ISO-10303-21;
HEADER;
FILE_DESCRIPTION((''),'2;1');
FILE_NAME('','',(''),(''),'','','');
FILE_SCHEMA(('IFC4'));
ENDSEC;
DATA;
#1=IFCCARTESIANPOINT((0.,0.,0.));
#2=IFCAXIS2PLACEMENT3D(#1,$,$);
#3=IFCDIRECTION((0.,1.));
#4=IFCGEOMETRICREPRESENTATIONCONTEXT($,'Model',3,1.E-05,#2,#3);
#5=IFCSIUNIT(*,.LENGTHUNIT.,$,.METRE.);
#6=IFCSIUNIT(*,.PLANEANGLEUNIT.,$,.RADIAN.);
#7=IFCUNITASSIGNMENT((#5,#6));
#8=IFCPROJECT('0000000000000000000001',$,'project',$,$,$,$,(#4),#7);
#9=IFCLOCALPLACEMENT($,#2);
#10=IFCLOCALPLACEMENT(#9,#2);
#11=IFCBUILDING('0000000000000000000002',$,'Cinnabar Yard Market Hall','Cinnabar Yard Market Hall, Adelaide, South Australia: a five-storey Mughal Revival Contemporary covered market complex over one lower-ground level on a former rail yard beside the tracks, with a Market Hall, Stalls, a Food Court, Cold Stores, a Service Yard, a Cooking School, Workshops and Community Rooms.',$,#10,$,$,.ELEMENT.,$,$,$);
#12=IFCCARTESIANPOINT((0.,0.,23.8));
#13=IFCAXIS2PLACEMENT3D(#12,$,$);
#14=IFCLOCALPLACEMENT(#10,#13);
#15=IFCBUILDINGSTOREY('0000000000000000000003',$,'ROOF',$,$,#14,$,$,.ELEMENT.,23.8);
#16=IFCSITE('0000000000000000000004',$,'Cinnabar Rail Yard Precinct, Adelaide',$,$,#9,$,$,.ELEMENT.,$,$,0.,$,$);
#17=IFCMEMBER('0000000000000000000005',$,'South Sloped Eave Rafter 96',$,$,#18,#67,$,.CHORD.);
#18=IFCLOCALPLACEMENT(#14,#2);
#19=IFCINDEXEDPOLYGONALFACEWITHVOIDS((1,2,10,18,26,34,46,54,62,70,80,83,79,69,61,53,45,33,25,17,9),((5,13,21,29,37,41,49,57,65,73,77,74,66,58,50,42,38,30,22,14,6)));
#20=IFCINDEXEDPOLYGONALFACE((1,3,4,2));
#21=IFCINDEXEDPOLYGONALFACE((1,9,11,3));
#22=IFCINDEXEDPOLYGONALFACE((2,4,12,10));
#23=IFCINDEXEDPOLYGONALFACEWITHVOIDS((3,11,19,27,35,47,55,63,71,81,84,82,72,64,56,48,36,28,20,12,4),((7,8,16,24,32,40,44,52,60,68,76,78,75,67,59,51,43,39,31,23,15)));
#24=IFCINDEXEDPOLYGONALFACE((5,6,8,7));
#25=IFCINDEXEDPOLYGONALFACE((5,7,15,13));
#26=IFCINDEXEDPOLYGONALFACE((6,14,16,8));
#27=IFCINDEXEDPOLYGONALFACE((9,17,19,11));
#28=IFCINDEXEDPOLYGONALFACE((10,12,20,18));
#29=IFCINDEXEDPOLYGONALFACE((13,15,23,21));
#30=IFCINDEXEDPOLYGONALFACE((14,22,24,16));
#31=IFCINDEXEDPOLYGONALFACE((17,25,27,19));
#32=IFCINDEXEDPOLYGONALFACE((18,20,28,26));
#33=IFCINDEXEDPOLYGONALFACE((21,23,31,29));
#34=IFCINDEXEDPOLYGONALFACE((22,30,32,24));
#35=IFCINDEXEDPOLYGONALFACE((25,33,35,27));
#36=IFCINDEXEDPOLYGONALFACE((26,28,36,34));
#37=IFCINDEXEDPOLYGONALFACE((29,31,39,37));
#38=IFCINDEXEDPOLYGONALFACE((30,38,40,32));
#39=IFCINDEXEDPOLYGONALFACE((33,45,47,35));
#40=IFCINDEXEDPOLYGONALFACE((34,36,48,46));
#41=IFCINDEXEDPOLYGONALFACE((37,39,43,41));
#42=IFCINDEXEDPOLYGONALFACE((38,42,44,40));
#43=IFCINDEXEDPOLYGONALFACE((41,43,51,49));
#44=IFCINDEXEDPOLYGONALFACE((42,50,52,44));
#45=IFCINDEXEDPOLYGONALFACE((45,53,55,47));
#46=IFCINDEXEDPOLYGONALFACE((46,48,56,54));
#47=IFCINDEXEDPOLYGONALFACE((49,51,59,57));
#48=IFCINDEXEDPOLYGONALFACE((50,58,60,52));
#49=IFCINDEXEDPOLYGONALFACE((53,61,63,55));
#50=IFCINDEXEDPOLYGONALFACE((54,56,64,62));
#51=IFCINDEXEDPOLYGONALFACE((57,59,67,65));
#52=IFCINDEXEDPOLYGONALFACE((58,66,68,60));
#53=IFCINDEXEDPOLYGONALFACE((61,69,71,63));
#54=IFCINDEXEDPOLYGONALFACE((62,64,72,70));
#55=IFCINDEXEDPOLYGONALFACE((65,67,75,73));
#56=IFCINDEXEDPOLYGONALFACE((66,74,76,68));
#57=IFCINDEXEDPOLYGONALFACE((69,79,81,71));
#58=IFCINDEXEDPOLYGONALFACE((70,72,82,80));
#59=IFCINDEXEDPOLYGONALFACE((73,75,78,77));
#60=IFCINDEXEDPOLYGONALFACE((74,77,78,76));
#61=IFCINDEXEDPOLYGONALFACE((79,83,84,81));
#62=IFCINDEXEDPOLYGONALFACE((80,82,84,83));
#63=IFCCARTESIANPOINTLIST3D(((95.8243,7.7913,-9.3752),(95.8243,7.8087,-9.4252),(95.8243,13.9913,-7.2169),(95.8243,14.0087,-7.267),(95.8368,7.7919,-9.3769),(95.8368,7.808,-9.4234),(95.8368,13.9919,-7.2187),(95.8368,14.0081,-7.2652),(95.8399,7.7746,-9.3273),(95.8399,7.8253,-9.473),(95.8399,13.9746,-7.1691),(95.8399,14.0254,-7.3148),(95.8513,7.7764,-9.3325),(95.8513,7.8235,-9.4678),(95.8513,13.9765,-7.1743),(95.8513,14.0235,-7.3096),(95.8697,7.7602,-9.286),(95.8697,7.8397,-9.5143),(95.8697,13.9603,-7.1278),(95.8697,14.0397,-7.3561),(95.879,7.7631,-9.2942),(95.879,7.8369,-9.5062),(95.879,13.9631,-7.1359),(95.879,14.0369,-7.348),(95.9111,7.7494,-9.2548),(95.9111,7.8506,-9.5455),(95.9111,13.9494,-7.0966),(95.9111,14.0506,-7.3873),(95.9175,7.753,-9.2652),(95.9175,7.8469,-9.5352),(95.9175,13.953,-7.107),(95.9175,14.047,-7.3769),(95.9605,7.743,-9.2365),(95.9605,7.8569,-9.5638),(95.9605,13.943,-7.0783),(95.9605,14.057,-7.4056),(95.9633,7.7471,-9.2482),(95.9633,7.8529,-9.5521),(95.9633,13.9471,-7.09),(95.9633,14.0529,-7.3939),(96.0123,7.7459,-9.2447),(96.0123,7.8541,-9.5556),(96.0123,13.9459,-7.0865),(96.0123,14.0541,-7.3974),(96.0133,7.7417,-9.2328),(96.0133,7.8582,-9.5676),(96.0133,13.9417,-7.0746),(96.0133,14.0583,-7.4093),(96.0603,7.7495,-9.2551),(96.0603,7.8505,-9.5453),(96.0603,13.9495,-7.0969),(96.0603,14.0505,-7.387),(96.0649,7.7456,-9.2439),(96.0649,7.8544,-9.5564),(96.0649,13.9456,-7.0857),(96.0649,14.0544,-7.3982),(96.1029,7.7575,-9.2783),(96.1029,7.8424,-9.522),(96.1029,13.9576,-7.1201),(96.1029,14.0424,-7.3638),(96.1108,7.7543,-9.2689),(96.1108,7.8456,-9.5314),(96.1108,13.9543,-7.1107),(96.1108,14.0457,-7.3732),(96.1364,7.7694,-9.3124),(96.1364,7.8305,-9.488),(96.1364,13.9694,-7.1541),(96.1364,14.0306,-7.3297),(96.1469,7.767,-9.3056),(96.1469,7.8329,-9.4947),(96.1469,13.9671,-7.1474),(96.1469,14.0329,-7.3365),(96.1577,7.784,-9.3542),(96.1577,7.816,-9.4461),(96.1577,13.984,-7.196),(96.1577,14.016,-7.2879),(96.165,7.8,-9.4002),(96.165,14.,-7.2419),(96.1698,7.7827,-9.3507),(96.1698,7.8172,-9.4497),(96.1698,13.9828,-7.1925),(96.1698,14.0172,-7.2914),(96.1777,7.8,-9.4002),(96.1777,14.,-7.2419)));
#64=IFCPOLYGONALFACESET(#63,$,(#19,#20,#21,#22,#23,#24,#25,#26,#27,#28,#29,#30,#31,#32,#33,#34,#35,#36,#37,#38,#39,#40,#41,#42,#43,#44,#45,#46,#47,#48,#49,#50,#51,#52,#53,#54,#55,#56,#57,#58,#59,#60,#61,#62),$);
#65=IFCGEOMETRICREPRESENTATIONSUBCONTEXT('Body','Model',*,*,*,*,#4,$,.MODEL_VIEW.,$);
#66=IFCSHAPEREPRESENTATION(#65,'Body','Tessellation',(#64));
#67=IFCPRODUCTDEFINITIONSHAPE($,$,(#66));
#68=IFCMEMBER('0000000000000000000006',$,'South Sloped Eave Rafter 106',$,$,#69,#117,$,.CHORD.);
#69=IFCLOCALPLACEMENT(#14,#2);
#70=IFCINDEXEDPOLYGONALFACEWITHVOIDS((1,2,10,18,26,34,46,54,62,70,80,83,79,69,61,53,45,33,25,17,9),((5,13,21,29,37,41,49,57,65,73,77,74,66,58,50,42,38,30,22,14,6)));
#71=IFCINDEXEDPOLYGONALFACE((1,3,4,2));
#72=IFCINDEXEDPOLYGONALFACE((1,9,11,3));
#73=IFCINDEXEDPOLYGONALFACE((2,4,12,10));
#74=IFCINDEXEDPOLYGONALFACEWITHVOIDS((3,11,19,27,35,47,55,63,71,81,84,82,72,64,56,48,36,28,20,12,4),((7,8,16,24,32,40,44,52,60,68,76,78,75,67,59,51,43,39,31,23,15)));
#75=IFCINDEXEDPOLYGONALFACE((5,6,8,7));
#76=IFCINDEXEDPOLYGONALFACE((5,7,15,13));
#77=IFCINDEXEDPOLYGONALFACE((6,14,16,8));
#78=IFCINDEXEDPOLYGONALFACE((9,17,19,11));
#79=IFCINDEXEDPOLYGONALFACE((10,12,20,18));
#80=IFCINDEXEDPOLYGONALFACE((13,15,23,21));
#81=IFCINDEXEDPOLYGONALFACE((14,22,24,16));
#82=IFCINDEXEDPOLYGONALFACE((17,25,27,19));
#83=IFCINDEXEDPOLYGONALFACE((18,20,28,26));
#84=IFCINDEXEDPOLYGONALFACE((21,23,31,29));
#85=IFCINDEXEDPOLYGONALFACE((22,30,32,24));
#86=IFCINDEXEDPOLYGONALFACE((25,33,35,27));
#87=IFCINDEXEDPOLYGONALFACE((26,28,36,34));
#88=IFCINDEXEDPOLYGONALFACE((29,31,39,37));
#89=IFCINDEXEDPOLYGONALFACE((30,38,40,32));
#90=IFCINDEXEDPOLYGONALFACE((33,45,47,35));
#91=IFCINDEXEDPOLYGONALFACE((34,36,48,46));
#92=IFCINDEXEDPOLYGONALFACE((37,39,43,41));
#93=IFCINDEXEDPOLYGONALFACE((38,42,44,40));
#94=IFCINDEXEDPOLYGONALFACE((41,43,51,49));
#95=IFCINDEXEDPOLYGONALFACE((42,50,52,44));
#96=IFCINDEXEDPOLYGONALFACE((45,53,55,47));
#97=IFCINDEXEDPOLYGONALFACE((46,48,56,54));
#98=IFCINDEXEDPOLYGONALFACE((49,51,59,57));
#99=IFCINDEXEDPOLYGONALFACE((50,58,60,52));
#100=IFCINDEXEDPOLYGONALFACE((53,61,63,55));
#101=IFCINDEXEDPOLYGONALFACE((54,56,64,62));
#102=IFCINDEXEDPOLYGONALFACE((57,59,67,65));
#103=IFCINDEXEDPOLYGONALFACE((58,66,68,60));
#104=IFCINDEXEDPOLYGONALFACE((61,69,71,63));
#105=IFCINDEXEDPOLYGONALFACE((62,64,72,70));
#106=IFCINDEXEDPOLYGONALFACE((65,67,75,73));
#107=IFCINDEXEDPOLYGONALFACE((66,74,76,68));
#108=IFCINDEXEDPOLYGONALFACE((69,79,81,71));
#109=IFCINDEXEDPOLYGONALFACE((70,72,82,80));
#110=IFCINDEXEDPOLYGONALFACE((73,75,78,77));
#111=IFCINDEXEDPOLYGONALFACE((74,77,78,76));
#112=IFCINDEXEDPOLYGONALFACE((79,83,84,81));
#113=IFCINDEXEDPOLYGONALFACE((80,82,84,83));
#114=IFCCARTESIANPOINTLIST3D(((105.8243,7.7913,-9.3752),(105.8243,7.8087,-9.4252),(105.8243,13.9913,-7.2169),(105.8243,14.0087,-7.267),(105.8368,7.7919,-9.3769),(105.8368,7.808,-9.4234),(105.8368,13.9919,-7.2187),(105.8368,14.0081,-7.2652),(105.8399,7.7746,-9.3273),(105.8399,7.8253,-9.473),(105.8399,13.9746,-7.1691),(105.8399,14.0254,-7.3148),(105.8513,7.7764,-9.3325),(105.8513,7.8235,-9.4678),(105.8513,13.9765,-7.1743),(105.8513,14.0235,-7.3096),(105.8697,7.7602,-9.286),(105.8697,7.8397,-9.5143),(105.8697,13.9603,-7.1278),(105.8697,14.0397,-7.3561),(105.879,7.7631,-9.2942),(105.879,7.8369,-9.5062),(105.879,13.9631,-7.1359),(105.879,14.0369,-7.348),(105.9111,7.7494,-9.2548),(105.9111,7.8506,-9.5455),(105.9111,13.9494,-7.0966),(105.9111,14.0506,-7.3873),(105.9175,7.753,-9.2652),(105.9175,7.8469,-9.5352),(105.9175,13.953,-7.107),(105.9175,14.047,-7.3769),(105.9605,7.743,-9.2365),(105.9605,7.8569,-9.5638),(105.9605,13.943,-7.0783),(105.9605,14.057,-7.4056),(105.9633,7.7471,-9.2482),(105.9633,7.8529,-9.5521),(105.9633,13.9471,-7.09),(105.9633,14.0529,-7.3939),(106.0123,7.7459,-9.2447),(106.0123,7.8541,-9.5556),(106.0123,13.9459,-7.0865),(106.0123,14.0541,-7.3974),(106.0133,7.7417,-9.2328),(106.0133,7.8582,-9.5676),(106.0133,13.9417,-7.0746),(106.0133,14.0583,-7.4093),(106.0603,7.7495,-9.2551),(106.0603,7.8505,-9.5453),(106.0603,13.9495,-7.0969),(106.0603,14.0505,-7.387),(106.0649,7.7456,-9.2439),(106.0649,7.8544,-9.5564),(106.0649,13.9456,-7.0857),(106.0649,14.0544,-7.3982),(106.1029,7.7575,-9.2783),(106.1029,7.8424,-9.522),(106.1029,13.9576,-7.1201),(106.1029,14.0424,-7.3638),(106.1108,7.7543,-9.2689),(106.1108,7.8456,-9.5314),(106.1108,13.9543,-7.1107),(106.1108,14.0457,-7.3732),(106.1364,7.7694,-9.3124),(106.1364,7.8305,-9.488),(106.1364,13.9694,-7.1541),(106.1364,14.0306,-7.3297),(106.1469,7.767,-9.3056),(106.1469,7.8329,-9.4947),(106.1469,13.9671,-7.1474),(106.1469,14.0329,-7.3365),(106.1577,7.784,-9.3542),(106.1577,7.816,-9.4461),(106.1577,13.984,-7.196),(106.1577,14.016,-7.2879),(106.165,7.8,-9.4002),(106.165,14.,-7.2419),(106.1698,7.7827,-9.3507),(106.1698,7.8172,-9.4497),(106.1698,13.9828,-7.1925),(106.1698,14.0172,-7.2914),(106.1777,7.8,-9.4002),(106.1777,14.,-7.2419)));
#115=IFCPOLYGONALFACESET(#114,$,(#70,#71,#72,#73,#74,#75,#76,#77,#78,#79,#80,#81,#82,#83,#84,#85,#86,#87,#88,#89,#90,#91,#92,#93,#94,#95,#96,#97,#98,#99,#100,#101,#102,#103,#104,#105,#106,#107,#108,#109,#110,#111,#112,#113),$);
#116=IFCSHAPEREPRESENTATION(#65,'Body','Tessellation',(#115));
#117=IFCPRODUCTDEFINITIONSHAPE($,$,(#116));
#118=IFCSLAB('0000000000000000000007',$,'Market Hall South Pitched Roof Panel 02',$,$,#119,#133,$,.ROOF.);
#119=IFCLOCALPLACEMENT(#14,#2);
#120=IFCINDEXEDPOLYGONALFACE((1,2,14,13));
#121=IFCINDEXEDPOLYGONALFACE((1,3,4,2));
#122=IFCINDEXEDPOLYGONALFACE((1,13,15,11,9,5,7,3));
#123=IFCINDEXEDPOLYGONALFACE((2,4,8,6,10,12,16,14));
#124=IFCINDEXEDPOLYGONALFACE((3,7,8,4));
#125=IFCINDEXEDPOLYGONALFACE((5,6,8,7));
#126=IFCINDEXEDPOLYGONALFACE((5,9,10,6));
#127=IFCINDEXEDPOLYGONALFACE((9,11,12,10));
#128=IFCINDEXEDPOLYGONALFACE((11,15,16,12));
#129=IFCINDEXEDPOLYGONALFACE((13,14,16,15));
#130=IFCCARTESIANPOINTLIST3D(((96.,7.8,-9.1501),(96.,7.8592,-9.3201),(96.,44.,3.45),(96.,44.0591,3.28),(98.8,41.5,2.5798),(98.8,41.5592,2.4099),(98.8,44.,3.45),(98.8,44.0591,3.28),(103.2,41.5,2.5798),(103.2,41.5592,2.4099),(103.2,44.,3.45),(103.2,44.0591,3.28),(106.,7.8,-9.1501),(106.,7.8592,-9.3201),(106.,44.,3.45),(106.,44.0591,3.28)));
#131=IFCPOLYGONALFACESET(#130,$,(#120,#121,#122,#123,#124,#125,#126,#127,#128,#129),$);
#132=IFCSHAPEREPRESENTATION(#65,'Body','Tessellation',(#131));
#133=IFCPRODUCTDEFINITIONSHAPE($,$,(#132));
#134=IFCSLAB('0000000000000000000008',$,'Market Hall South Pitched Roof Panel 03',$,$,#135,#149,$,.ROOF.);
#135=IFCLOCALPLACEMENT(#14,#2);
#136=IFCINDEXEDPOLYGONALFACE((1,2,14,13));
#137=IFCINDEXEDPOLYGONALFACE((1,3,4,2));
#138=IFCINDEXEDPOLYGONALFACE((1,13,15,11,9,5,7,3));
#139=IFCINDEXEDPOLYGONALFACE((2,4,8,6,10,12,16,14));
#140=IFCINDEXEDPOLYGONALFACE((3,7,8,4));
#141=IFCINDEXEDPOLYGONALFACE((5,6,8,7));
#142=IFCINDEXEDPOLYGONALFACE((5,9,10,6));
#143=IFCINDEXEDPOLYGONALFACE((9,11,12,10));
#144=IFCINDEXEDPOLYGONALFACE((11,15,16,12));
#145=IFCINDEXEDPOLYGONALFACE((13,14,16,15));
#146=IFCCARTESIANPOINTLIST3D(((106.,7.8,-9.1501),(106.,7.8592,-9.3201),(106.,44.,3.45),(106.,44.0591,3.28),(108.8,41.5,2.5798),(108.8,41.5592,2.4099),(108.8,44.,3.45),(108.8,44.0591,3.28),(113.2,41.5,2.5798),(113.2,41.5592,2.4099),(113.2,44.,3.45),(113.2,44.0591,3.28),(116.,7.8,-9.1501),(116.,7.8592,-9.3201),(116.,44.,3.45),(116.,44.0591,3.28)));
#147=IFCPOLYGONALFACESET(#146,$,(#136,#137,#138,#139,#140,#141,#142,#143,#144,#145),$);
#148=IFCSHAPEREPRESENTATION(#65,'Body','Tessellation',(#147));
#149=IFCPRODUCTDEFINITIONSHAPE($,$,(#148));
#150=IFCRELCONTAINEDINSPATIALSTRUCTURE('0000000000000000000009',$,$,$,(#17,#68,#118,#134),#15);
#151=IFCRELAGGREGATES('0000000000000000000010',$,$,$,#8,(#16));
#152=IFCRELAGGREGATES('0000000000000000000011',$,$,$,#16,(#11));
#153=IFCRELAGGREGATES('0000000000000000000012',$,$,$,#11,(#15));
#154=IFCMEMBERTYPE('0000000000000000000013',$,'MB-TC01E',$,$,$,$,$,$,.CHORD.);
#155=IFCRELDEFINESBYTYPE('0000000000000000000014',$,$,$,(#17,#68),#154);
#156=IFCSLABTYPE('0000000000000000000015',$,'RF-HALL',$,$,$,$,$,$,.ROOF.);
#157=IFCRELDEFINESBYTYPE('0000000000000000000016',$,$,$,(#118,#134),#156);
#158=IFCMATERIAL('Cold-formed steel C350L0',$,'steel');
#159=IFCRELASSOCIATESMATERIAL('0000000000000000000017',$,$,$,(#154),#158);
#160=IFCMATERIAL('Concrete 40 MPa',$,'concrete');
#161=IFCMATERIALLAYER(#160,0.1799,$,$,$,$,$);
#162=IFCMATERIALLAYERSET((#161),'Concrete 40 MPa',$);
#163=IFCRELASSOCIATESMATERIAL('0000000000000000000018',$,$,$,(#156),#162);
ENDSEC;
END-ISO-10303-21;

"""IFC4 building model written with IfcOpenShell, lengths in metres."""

from ifc_helpers import new_model, si_unit, direction, frame, origin, origin_2d_with_axis, place, context, subcontext, project, spatial, polyline, hollow_circle, outline, extrude, material, layer, layer_set, material_profile, profile_set, type_object, element, save


model = new_model("IFC4")

# Units and contexts
model_context = context("Model", 3, precision=1e-05, world=origin(), true_north=direction((0.0, 1.0)))
body_context = subcontext(model_context, "Body", "Model", "MODEL_VIEW")
ifc_project = project(units=[si_unit("LENGTHUNIT", "METRE"), si_unit("PLANEANGLEUNIT", "RADIAN")], contexts=[model_context])

# Site, building, storey
site_placement = place(None, origin())
site = spatial("IfcSite", under=ifc_project, at=site_placement, Name="Cinnabar Rail Yard Precinct, Adelaide", CompositionType="ELEMENT", RefElevation=0.0)
building_placement = place(site_placement, origin())
building = spatial("IfcBuilding", under=site, at=building_placement, Name="Cinnabar Yard Market Hall", Description="Cinnabar Yard Market Hall, Adelaide, South Australia: a five-storey Mughal Revival Contemporary covered market complex over one lower-ground level on a former rail yard beside the tracks, with a Market Hall, Stalls, a Food Court, Cold Stores, a Service Yard, a Cooking School, Workshops and Community Rooms.", CompositionType="ELEMENT")
storey_placement = place(building_placement, frame((0.0, 0.0, 23.8)))
storey = spatial("IfcBuildingStorey", under=building, at=storey_placement, Name="ROOF", CompositionType="ELEMENT", Elevation=23.8)

# Shared definitions
ifc_material_1 = material(Name="Cold-formed steel C350L0", Category="steel")

# Members
ifc_material_profile_1 = material_profile(ifc_material_1, hollow_circle(Radius=0.1777, WallThickness=0.0127, at=origin_2d_with_axis()), Name="355.6x12.7CHS")
ifc_profile_set_1 = profile_set([ifc_material_profile_1], Name="Cold-formed steel C350L0")
member_type_1 = type_object("IfcMemberType", Name="MB-TC01E", PredefinedType="CHORD", material=ifc_profile_set_1)
for number, where, z_axis, x_axis, name in (
    (1, (96.0, 14.0, -7.2419), (0.0, -0.944416, -0.328751), (1.0, 0.0, 0.0), "South Sloped Eave Rafter 96"),
    (2, (106.0, 14.0, -7.2419), (0.0, -0.944416, -0.328751), (1.0, 0.0, 0.0), "South Sloped Eave Rafter 106"),
):
    element("IfcMember", number, at=place(storey_placement, frame(where, z_axis=z_axis, x_axis=x_axis)), inside=storey, type_object=member_type_1, Name=name, PredefinedType="CHORD", context=body_context, shape_type="SweptSolid", body=[
        extrude(hollow_circle(Radius=0.1777, WallThickness=0.0127, at=origin_2d_with_axis()), origin(), (0.0, 0.0, 1.0), 6.5649),
    ])

# Slabs
ifc_material_2 = material(Name="Concrete 40 MPa", Category="concrete")
ifc_layer = layer(ifc_material_2, 0.1799)
ifc_layer_set = layer_set([ifc_layer], Name="Concrete 40 MPa")
slab_type = type_object("IfcSlabType", Name="RF-HALL", PredefinedType="ROOF", material=ifc_layer_set)
for number, where, z_axis, x_axis, name in (
    (3, (96.0, 7.8, -9.1501), (0.0, -0.328726, 0.944425), (1.0, 0.0, 0.0), "Market Hall South Pitched Roof Panel 02"),
    (4, (106.0, 7.8, -9.1501), (0.0, -0.328726, 0.944425), (1.0, 0.0, 0.0), "Market Hall South Pitched Roof Panel 03"),
):
    element("IfcSlab", number, at=place(storey_placement, frame(where, z_axis=z_axis, x_axis=x_axis)), inside=storey, type_object=slab_type, Name=name, PredefinedType="ROOF", context=body_context, shape_type="SweptSolid", body=[
        extrude(outline(polyline([(0.0, 0.0), (10.0, 0.0), (10.0, 38.3301), (7.2, 38.3301), (7.2, 35.683), (2.8, 35.683), (2.8, 38.3301), (0.0, 38.3301), (0.0, 0.0)])), origin(), (0.0, 0.0, -1.0), 0.1799),
    ])

save(model, "model.ifc")
